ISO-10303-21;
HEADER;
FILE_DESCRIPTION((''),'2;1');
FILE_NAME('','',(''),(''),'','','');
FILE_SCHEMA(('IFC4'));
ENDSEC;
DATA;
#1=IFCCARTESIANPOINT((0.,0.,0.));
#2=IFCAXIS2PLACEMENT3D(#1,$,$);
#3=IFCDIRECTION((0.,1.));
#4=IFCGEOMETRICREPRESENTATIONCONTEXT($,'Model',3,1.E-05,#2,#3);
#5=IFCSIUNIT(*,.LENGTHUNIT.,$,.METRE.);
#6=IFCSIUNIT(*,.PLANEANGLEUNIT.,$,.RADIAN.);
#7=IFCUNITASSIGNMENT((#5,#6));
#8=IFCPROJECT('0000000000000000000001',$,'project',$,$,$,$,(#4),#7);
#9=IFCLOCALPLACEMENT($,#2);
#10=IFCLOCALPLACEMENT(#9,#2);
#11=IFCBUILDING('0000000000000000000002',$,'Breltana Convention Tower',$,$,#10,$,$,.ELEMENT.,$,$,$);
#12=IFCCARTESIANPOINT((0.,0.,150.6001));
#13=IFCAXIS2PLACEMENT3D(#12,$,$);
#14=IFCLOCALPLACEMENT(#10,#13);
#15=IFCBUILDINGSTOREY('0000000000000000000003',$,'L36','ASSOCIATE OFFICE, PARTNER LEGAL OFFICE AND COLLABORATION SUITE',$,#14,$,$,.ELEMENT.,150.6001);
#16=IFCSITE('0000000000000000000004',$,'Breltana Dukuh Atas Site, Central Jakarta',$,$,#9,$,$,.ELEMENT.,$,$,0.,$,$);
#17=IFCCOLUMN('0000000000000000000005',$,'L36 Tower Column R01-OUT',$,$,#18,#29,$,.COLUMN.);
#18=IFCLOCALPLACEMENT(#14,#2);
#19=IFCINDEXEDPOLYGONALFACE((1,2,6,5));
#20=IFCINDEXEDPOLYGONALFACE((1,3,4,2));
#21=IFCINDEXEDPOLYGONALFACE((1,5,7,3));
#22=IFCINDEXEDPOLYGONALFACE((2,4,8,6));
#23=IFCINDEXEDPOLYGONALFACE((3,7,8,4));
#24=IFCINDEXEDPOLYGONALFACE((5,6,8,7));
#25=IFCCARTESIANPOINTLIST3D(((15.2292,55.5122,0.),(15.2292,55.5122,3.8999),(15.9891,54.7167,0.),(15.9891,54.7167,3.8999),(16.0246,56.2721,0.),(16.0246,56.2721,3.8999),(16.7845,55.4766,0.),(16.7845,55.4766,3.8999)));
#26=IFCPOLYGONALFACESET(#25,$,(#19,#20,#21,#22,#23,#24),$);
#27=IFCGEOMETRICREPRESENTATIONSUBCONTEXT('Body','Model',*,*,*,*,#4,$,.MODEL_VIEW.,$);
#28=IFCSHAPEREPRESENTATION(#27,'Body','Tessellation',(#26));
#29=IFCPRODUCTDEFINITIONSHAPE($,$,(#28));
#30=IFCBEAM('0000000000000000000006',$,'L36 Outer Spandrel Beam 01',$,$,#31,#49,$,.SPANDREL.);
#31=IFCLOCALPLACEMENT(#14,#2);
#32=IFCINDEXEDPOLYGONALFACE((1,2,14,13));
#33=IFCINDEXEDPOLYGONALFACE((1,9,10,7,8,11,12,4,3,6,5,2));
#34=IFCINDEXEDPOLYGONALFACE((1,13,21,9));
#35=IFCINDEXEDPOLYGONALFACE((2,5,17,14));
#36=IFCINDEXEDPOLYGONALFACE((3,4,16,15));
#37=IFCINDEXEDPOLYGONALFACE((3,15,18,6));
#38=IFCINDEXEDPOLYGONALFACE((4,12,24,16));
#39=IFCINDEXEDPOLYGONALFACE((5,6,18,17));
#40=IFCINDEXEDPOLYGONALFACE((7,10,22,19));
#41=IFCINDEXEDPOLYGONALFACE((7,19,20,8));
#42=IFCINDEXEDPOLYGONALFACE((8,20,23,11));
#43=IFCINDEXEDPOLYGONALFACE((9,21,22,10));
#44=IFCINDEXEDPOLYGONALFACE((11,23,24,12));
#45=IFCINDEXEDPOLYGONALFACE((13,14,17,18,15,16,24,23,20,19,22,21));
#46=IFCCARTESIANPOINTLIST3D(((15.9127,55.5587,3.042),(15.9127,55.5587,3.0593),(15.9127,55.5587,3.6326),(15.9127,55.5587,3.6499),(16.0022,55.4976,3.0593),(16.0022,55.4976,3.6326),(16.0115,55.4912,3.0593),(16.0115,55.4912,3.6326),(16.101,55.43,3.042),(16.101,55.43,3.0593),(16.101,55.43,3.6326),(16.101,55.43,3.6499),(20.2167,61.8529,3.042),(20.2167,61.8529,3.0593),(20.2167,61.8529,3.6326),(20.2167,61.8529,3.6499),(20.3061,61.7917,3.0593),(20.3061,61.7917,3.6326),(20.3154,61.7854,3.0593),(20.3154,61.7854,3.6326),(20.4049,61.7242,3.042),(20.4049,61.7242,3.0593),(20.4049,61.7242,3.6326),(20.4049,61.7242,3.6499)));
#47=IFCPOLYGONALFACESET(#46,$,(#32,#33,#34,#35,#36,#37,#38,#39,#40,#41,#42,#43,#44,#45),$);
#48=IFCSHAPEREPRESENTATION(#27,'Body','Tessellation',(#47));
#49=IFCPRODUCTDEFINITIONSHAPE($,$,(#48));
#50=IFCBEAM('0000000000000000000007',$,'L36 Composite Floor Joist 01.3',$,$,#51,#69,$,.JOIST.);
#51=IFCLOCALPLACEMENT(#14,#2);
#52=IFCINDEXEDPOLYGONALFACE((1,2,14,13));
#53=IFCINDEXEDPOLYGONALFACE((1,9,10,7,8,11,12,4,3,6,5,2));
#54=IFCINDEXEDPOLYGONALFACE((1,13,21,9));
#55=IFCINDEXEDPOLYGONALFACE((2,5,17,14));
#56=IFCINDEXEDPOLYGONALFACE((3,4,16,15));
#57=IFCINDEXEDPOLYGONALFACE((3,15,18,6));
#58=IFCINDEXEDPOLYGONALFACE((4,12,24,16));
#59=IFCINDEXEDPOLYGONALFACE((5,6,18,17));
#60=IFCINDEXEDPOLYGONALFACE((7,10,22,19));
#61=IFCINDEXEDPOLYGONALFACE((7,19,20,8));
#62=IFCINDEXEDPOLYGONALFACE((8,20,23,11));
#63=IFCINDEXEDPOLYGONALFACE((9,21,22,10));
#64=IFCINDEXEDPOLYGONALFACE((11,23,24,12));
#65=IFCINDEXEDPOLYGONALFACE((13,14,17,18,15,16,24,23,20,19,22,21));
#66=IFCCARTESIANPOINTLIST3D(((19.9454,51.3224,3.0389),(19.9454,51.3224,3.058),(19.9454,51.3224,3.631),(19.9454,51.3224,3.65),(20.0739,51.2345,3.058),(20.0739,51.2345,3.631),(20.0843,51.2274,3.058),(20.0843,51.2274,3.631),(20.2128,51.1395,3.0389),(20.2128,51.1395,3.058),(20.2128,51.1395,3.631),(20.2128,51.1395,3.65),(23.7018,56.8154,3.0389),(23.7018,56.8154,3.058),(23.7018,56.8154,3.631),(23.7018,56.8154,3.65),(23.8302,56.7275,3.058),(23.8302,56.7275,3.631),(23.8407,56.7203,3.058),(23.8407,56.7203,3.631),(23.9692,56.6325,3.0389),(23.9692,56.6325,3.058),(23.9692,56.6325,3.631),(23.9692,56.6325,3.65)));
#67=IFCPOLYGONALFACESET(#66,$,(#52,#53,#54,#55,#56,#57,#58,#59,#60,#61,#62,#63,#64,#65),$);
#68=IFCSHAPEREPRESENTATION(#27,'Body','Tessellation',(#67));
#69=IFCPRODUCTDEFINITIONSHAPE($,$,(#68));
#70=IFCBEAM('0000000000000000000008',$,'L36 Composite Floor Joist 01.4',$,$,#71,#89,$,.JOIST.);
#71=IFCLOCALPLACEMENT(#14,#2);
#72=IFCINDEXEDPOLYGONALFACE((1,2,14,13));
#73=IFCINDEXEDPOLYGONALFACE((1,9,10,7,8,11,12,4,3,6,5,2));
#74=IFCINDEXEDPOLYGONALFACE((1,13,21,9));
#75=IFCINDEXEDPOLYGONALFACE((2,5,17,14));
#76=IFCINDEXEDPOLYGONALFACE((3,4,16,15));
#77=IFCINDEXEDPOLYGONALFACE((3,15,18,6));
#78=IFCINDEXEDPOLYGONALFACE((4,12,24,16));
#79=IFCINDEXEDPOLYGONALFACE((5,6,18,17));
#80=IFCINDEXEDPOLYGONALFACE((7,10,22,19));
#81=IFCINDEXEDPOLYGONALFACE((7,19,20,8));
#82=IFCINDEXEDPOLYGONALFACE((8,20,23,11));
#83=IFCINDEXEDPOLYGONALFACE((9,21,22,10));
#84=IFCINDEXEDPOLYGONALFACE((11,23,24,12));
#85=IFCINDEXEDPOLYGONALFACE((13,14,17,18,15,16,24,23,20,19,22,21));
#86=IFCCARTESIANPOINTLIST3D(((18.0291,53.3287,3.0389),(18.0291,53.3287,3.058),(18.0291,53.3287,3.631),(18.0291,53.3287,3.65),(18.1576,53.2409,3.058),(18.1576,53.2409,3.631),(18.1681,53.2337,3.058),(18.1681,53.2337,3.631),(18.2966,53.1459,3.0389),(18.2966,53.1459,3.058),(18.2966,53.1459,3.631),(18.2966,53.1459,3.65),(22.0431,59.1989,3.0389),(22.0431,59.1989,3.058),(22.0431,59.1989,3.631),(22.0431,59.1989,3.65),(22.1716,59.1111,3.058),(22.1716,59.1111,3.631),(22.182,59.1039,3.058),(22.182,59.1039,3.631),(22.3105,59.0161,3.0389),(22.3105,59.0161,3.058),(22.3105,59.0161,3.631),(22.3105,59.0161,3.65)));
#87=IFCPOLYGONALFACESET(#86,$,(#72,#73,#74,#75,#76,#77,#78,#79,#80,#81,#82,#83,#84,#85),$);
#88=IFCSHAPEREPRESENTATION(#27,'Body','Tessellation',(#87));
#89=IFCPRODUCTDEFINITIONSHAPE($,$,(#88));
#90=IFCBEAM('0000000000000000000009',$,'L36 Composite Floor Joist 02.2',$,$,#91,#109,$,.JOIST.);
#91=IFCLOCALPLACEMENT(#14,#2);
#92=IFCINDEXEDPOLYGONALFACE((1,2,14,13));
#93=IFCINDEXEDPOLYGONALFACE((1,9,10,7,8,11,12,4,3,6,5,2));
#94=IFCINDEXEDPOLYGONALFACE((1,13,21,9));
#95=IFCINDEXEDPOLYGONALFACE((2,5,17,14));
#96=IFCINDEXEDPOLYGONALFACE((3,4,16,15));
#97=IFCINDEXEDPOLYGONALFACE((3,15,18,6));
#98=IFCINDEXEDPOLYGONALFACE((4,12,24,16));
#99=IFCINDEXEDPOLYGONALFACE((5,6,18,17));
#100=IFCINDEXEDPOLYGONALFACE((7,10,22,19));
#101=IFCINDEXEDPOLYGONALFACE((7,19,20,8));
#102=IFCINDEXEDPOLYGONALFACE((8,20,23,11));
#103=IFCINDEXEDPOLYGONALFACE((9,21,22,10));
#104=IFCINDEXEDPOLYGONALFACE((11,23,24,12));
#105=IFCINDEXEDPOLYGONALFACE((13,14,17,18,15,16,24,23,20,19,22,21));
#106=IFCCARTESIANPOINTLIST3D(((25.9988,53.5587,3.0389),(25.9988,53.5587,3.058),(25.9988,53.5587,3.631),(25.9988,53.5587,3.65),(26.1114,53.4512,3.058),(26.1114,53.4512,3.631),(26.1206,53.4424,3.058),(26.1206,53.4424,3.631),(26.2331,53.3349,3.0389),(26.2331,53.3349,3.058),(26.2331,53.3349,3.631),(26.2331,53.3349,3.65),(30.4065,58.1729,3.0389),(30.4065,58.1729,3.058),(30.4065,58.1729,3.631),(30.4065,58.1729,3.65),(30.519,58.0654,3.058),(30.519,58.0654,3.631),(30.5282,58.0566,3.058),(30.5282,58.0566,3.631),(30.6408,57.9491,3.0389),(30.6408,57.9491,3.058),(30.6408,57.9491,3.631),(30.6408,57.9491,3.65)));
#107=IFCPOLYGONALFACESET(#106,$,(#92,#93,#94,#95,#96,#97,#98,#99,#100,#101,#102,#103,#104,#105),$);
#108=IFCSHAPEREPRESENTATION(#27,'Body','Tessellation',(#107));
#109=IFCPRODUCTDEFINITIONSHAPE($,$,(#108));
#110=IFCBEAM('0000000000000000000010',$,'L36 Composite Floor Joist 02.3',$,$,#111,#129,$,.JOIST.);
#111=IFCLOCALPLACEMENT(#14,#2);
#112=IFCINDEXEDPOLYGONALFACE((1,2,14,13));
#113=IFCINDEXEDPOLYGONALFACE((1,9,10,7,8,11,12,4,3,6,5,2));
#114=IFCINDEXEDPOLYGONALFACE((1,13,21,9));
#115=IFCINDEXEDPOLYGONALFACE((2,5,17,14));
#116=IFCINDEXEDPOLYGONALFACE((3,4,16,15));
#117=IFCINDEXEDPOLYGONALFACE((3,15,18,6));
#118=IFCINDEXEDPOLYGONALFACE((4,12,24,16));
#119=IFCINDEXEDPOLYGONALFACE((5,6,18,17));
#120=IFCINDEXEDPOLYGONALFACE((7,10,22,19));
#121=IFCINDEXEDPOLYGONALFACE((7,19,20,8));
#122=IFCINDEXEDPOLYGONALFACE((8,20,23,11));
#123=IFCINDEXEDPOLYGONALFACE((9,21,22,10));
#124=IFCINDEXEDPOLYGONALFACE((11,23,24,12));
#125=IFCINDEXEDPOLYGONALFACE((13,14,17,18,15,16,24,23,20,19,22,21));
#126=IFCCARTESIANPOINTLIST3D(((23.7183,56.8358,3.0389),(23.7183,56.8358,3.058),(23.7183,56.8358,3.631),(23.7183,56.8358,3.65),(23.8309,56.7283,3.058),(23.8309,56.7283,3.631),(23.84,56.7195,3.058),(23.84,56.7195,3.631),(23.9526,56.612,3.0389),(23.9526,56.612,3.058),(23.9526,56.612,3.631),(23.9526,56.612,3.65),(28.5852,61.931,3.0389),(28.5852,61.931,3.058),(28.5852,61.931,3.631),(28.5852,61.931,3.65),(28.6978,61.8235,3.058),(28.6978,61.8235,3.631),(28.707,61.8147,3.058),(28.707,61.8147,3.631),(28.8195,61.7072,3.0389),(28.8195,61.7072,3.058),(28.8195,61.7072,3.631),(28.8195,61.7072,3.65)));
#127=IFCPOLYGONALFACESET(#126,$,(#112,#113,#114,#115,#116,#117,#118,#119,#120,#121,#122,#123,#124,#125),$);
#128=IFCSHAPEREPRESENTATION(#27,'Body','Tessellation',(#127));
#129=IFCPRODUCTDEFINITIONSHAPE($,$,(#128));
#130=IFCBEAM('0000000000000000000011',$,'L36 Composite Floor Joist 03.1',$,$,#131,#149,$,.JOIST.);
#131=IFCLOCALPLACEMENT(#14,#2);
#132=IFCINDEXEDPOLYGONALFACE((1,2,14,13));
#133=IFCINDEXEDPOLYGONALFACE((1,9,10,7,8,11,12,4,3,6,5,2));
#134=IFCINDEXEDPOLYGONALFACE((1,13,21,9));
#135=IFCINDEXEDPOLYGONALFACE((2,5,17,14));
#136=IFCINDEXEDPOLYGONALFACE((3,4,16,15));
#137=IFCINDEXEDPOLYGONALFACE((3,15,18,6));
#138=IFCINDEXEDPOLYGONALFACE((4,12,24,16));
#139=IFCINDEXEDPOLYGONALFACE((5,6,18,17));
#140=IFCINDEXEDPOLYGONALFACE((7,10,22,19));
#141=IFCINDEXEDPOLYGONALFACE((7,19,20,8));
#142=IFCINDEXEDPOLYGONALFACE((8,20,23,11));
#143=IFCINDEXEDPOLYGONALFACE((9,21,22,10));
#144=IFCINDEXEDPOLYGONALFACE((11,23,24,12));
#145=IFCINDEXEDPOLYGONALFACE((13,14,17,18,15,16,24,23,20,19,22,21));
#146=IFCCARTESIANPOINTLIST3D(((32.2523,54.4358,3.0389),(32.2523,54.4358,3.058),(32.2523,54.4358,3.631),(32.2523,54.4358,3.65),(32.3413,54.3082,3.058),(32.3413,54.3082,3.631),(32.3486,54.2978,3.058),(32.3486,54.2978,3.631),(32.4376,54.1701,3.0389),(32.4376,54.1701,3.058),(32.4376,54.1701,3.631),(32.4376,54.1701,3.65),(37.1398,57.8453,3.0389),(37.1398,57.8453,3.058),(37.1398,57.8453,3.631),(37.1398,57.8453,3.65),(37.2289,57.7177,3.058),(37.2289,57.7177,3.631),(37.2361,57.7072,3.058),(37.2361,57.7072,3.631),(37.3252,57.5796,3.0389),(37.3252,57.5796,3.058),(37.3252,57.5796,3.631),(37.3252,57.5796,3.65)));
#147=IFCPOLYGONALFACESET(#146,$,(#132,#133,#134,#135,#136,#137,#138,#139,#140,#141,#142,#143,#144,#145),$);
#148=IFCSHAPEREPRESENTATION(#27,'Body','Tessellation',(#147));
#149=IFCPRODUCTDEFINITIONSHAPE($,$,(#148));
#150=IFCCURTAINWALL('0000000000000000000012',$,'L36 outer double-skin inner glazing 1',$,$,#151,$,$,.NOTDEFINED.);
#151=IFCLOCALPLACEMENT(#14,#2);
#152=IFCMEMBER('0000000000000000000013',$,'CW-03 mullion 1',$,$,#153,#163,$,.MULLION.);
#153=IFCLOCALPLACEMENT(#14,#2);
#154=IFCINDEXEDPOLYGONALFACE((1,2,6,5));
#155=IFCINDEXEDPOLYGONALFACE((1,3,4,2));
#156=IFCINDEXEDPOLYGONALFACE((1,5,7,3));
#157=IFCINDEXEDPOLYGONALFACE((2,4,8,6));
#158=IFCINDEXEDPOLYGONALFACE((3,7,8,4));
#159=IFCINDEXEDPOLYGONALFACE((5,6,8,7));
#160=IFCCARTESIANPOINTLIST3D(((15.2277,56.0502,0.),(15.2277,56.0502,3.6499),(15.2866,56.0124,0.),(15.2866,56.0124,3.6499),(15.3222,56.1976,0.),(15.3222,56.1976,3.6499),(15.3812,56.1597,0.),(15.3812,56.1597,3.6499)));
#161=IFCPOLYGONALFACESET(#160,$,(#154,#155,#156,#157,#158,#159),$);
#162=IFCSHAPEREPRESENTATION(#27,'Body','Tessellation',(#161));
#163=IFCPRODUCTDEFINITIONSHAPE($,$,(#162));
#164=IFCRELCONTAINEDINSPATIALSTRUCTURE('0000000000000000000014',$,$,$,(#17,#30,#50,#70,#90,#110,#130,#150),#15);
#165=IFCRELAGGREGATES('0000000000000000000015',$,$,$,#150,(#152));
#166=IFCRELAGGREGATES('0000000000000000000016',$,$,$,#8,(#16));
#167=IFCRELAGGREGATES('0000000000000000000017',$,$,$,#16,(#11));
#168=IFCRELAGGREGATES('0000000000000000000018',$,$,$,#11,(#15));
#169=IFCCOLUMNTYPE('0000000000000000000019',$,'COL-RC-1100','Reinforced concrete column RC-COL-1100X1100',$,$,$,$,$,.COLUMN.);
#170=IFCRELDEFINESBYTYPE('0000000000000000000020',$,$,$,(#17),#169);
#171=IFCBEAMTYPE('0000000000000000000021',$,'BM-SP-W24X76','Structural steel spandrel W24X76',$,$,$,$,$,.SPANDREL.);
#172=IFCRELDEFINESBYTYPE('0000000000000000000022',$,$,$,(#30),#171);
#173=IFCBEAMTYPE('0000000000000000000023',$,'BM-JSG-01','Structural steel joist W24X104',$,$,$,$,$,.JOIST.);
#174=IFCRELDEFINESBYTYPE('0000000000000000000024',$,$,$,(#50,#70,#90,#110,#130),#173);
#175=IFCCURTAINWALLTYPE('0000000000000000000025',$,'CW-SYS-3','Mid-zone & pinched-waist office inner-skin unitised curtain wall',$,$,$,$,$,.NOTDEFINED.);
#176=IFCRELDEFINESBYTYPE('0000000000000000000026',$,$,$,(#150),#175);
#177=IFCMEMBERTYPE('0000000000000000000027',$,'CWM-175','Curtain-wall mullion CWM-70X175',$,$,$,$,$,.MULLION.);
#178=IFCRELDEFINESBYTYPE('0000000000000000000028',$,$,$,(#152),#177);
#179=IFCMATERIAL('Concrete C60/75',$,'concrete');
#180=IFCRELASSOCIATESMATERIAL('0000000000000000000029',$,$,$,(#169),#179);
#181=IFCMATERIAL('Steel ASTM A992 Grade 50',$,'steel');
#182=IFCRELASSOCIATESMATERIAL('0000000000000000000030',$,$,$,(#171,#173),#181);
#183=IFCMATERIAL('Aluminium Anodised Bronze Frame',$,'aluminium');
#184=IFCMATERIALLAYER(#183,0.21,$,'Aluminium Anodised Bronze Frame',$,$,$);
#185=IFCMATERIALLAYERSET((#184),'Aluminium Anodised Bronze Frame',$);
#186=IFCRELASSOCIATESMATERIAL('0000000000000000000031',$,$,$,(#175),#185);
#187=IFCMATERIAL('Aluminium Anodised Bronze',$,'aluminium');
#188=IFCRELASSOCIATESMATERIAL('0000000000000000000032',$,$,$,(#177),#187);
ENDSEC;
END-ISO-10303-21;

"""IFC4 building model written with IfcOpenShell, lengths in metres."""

from ifc_helpers import new_model, si_unit, direction, frame, origin, origin_2d, place, context, subcontext, project, spatial, rectangle, i_section, extrude, source, transform, mapped, material, layer, layer_set, material_profile, profile_set, type_object, type_shapes, element, aggregate, save


model = new_model("IFC4")

# Units and contexts
model_context = context("Model", 3, precision=1e-05, world=origin(), true_north=direction((0.0, 1.0)))
body_context = subcontext(model_context, "Body", "Model", "MODEL_VIEW")
ifc_project = project(units=[si_unit("LENGTHUNIT", "METRE"), si_unit("PLANEANGLEUNIT", "RADIAN")], contexts=[model_context])

# Site, building, storey
site_placement = place(None, origin())
site = spatial("IfcSite", under=ifc_project, at=site_placement, Name="Breltana Dukuh Atas Site, Central Jakarta", CompositionType="ELEMENT", RefElevation=0.0)
building_placement = place(site_placement, origin())
building = spatial("IfcBuilding", under=site, at=building_placement, Name="Breltana Convention Tower", CompositionType="ELEMENT")
storey_placement = place(building_placement, frame((0.0, 0.0, 150.6001)))
storey = spatial("IfcBuildingStorey", under=building, at=storey_placement, Name="L36", Description="ASSOCIATE OFFICE, PARTNER LEGAL OFFICE AND COLLABORATION SUITE", CompositionType="ELEMENT", Elevation=150.6001)

# Column
ifc_material_1 = material(Name="Concrete C60/75", Category="concrete")
ifc_material_profile_1 = material_profile(ifc_material_1, rectangle(XDim=1.1001, YDim=1.1001, at=origin_2d()), Name="RC-COL-1100X1100")
ifc_profile_set_1 = profile_set([ifc_material_profile_1], Name="Concrete C60/75")
column_type = type_object("IfcColumnType", Name="COL-RC-1100", Description="Reinforced concrete column RC-COL-1100X1100", PredefinedType="COLUMN", material=ifc_profile_set_1)
shared_shape_1 = source(origin(), body_context, "Body", "SweptSolid", [
    extrude(rectangle(XDim=1.1001, YDim=1.1001, at=origin_2d()), origin(), (0.0, 0.0, 1.0), 3.8999),
])
column_placement = place(storey_placement, frame((16.0068, 55.4944, 0.0), z_axis=(0.0, 0.0, 1.0), x_axis=(-0.690756, 0.723088, 0.0)))
element("IfcColumn", 1, at=column_placement, inside=storey, type_object=column_type, Name="L36 Tower Column R01-OUT", PredefinedType="COLUMN", context=body_context, shape_type="MappedRepresentation", body=[
    mapped(shared_shape_1, transform((0.0, 0.0, 0.0), scale=1.0)),
])

# Beams
ifc_material_2 = material(Name="Steel ASTM A992 Grade 50", Category="steel")
ifc_material_profile_2 = material_profile(ifc_material_2, i_section(OverallWidth=0.228, OverallDepth=0.6079, WebThickness=0.0112, FlangeThickness=0.0173, at=origin_2d()), Name="W24X76")
ifc_profile_set_2 = profile_set([ifc_material_profile_2], Name="Steel ASTM A992 Grade 50")
beam_type_1 = type_object("IfcBeamType", Name="BM-SP-W24X76", Description="Structural steel spandrel W24X76", PredefinedType="SPANDREL", material=ifc_profile_set_2)
shared_shape_2 = source(origin(), body_context, "Body", "SweptSolid", [
    extrude(i_section(OverallWidth=0.228, OverallDepth=0.6079, WebThickness=0.0112, FlangeThickness=0.0173, at=origin_2d()), origin(), (0.0, 0.0, 1.0), 7.625),
])
type_shapes(beam_type_1, [shared_shape_2])
beam_1_placement = place(storey_placement, frame((16.0068, 55.4944, 3.3459), z_axis=(0.564452, 0.825466, 0.0), x_axis=(-0.825466, 0.564452, 0.0)))
element("IfcBeam", 2, at=beam_1_placement, inside=storey, type_object=beam_type_1, Name="L36 Outer Spandrel Beam 01", PredefinedType="SPANDREL", context=body_context, shape_type="MappedRepresentation", body=[
    mapped(shared_shape_2, transform((0.0, 0.0, 0.0), scale=1.0)),
])
ifc_material_profile_3 = material_profile(ifc_material_2, i_section(OverallWidth=0.324, OverallDepth=0.6111, WebThickness=0.0127, FlangeThickness=0.019, at=origin_2d()), Name="W24X104")
ifc_profile_set_3 = profile_set([ifc_material_profile_3], Name="Steel ASTM A992 Grade 50")
beam_type_2 = type_object("IfcBeamType", Name="BM-JSG-01", Description="Structural steel joist W24X104", PredefinedType="JOIST", material=ifc_profile_set_3)
shared_shape_3 = source(origin(), body_context, "Body", "SweptSolid", [
    extrude(i_section(OverallWidth=0.324, OverallDepth=0.6111, WebThickness=0.0127, FlangeThickness=0.019, at=origin_2d()), origin(), (0.0, 0.0, 1.0), 6.6545),
])
beam_2_placement = place(storey_placement, frame((20.0791, 51.231, 3.3445), z_axis=(0.564483, 0.825445, 0.0), x_axis=(-0.825445, 0.564483, 0.0)))
element("IfcBeam", 3, at=beam_2_placement, inside=storey, type_object=beam_type_2, Name="L36 Composite Floor Joist 01.3", PredefinedType="JOIST", context=body_context, shape_type="MappedRepresentation", body=[
    mapped(shared_shape_3, transform((0.0, 0.0, 0.0), scale=1.0)),
])
shared_shape_4 = source(origin(), body_context, "Body", "SweptSolid", [
    extrude(i_section(OverallWidth=0.324, OverallDepth=0.6111, WebThickness=0.0127, FlangeThickness=0.019, at=origin_2d()), origin(), (0.0, 0.0, 1.0), 7.1113),
])
beam_3_placement = place(storey_placement, frame((18.1628, 53.2373, 3.3445), z_axis=(0.564446, 0.82547, 0.0), x_axis=(-0.82547, 0.564446, 0.0)))
element("IfcBeam", 4, at=beam_3_placement, inside=storey, type_object=beam_type_2, Name="L36 Composite Floor Joist 01.4", PredefinedType="JOIST", context=body_context, shape_type="MappedRepresentation", body=[
    mapped(shared_shape_4, transform((0.0, 0.0, 0.0), scale=1.0)),
])
shared_shape_5 = source(origin(), body_context, "Body", "SweptSolid", [
    extrude(i_section(OverallWidth=0.324, OverallDepth=0.6111, WebThickness=0.0127, FlangeThickness=0.019, at=origin_2d()), origin(), (0.0, 0.0, 1.0), 6.3811),
])
beam_4_placement = place(storey_placement, frame((26.116, 53.4468, 3.3445), z_axis=(0.690738, 0.723105, 0.0), x_axis=(-0.723105, 0.690738, 0.0)))
element("IfcBeam", 5, at=beam_4_placement, inside=storey, type_object=beam_type_2, Name="L36 Composite Floor Joist 02.2", PredefinedType="JOIST", context=body_context, shape_type="MappedRepresentation", body=[
    mapped(shared_shape_5, transform((0.0, 0.0, 0.0), scale=1.0)),
])
shared_shape_6 = source(origin(), body_context, "Body", "SweptSolid", [
    extrude(i_section(OverallWidth=0.324, OverallDepth=0.6111, WebThickness=0.0127, FlangeThickness=0.019, at=origin_2d()), origin(), (0.0, 0.0, 1.0), 7.0461),
])
beam_5_placement = place(storey_placement, frame((23.8354, 56.7239, 3.3445), z_axis=(0.690723, 0.72312, 0.0), x_axis=(-0.72312, 0.690723, 0.0)))
element("IfcBeam", 6, at=beam_5_placement, inside=storey, type_object=beam_type_2, Name="L36 Composite Floor Joist 02.3", PredefinedType="JOIST", context=body_context, shape_type="MappedRepresentation", body=[
    mapped(shared_shape_6, transform((0.0, 0.0, 0.0), scale=1.0)),
])
shared_shape_7 = source(origin(), body_context, "Body", "SweptSolid", [
    extrude(i_section(OverallWidth=0.324, OverallDepth=0.6111, WebThickness=0.0127, FlangeThickness=0.019, at=origin_2d()), origin(), (0.0, 0.0, 1.0), 5.9592),
])
beam_6_placement = place(storey_placement, frame((32.345, 54.303, 3.3445), z_axis=(0.82016, 0.572134, 0.0), x_axis=(-0.572134, 0.82016, 0.0)))
element("IfcBeam", 7, at=beam_6_placement, inside=storey, type_object=beam_type_2, Name="L36 Composite Floor Joist 03.1", PredefinedType="JOIST", context=body_context, shape_type="MappedRepresentation", body=[
    mapped(shared_shape_7, transform((0.0, 0.0, 0.0), scale=1.0)),
])

# Curtain wall, member
ifc_material_3 = material(Name="Aluminium Anodised Bronze Frame", Category="aluminium")
ifc_layer_1 = layer(ifc_material_3, 0.21, Name="Aluminium Anodised Bronze Frame")
ifc_layer_set_1 = layer_set([ifc_layer_1], Name="Aluminium Anodised Bronze Frame")
curtain_wall_type_1 = type_object("IfcCurtainWallType", Name="CW-SYS-3", Description="Mid-zone & pinched-waist office inner-skin unitised curtain wall", PredefinedType="NOTDEFINED", material=ifc_layer_set_1)
curtain_wall_1_placement = place(storey_placement, origin())
curtain_wall_1 = element("IfcCurtainWall", 8, at=curtain_wall_1_placement, inside=storey, type_object=curtain_wall_type_1, Name="L36 outer double-skin inner glazing 1", PredefinedType="NOTDEFINED")
ifc_material_4 = material(Name="Aluminium Anodised Bronze", Category="aluminium")
ifc_material_profile_4 = material_profile(ifc_material_4, rectangle(XDim=0.0701, YDim=0.175, at=origin_2d()), Name="CWM-70X175")
ifc_profile_set_4 = profile_set([ifc_material_profile_4], Name="Aluminium Anodised Bronze")
member_type_1 = type_object("IfcMemberType", Name="CWM-175", Description="Curtain-wall mullion CWM-70X175", PredefinedType="MULLION", material=ifc_profile_set_4)
shared_shape_8 = source(origin(), body_context, "Body", "SweptSolid", [
    extrude(rectangle(XDim=0.0701, YDim=0.175, at=origin_2d()), origin(), (0.0, 0.0, 1.0), 3.6499),
])
member_1_placement = place(storey_placement, frame((15.3044, 56.105, 0.0), z_axis=(0.0, 0.0, 1.0), x_axis=(-0.841554, 0.540173, 0.0)))
member_1 = element("IfcMember", 9, at=member_1_placement, type_object=member_type_1, Name="CW-03 mullion 1", PredefinedType="MULLION", context=body_context, shape_type="MappedRepresentation", body=[
    mapped(shared_shape_8, transform((0.0, 0.0, 0.0), scale=1.0)),
])

aggregate(curtain_wall_1, [member_1])

save(model, "model.ifc")
